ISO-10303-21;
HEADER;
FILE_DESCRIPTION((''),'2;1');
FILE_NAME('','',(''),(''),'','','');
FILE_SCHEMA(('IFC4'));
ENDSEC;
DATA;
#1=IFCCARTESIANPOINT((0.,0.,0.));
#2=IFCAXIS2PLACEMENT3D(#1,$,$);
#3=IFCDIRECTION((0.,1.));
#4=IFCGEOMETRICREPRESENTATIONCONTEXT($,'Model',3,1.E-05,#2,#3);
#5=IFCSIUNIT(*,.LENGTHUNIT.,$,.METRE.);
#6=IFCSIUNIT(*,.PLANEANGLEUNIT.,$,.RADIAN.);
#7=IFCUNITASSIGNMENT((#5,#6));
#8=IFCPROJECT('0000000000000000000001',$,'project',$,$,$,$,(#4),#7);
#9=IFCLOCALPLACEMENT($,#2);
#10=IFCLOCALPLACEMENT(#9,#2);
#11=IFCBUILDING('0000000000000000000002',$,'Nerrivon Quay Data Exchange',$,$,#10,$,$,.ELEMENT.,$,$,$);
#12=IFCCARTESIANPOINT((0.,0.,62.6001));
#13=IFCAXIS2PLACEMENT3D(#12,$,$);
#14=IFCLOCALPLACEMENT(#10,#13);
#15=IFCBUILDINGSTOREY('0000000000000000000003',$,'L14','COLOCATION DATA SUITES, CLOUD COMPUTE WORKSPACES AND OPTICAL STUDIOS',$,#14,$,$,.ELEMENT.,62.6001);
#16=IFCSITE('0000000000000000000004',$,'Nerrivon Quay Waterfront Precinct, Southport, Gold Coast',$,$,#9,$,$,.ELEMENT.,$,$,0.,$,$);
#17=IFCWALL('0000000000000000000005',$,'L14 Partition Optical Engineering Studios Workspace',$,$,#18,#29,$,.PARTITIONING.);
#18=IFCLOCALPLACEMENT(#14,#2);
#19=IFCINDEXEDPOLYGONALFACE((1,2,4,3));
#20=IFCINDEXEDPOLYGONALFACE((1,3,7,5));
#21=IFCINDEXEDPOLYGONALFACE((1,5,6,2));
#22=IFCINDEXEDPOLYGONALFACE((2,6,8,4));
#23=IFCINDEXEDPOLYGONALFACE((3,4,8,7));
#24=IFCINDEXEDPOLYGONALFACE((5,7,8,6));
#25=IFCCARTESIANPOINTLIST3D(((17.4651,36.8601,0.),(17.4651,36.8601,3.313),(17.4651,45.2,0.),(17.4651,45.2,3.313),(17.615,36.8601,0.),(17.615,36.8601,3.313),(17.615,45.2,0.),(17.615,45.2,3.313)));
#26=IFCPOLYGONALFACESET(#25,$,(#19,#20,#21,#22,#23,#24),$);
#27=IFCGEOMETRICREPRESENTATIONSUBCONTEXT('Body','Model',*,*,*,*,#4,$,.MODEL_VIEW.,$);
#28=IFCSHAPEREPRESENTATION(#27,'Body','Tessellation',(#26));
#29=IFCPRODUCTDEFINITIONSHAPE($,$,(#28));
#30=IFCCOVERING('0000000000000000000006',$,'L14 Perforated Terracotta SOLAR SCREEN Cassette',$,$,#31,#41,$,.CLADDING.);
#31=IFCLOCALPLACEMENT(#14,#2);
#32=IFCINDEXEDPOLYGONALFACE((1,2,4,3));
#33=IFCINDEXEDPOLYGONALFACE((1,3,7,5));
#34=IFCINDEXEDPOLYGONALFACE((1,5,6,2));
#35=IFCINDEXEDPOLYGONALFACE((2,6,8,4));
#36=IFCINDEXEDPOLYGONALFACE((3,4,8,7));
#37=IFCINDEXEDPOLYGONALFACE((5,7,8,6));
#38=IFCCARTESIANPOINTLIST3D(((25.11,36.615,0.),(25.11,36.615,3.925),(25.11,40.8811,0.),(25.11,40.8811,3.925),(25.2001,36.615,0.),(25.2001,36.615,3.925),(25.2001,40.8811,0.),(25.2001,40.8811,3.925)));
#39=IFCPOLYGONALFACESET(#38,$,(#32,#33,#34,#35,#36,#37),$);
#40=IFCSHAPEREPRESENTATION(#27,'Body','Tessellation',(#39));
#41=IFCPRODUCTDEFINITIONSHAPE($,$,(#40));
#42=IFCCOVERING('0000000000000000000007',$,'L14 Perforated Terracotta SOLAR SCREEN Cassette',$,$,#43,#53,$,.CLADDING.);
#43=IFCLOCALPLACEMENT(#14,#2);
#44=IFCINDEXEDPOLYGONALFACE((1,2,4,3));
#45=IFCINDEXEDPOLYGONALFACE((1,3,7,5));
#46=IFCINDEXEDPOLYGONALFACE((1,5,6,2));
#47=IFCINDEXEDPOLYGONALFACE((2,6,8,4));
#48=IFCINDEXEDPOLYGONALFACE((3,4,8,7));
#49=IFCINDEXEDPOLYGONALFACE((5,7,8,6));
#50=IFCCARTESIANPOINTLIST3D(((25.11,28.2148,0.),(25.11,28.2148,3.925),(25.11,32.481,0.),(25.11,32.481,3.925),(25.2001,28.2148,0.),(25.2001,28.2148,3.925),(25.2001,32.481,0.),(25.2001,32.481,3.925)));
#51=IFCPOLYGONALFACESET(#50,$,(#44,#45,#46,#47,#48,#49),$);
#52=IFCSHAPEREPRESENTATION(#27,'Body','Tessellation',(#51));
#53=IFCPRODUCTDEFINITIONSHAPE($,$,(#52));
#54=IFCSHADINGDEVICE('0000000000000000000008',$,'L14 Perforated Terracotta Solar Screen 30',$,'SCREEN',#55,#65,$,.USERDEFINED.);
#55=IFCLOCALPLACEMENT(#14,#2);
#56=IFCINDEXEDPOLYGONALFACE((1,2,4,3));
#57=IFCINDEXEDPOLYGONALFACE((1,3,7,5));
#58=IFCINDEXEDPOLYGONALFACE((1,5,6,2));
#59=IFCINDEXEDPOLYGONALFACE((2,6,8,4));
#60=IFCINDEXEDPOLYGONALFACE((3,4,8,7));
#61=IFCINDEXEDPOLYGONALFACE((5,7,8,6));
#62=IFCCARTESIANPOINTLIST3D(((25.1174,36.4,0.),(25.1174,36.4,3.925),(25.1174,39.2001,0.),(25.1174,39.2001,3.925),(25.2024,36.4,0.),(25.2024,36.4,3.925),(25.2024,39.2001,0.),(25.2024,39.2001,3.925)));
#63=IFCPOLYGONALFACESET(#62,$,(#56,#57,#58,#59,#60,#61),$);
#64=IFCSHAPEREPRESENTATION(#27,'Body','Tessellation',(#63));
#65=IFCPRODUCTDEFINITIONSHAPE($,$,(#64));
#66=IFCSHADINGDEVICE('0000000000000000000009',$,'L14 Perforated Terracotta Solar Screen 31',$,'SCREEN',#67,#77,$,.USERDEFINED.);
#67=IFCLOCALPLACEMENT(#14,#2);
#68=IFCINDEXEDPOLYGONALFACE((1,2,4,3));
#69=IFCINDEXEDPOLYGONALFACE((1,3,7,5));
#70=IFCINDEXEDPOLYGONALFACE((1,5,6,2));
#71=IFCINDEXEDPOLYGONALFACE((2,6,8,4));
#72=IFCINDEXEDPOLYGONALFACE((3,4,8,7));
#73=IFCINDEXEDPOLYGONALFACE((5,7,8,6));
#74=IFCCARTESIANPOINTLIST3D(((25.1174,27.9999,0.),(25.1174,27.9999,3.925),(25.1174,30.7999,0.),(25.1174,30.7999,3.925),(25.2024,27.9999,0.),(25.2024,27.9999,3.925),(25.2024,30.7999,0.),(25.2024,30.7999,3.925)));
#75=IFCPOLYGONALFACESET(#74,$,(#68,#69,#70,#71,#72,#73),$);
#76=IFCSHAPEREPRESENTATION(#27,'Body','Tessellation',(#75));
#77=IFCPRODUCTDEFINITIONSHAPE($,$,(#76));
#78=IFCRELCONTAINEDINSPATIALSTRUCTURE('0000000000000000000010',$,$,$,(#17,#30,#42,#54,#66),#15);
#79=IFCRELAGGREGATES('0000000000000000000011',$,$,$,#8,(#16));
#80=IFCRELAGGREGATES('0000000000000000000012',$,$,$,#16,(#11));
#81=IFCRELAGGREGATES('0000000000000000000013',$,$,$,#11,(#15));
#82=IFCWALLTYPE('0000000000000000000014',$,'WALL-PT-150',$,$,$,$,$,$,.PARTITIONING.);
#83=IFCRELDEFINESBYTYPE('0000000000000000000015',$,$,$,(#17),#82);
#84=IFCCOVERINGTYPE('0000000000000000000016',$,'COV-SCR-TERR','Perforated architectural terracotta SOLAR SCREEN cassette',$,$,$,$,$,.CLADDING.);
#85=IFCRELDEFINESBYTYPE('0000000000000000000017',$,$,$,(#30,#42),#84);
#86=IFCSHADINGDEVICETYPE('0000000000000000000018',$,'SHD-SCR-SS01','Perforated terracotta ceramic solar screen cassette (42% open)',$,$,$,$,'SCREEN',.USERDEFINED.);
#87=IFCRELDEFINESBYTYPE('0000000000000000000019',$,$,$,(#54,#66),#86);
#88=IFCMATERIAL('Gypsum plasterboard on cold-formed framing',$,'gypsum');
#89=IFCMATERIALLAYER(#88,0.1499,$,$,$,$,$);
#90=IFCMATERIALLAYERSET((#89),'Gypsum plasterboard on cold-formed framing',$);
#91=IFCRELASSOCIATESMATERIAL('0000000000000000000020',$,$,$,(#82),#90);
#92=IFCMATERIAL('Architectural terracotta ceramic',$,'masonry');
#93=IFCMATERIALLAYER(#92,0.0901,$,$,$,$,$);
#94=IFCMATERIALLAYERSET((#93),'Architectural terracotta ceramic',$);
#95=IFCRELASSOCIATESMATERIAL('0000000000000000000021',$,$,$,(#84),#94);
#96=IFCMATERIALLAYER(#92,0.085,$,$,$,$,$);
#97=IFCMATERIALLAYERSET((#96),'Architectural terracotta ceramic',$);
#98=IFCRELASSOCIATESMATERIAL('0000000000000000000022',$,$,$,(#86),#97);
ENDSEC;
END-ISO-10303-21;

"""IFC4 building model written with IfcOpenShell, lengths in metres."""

from ifc_helpers import new_model, si_unit, direction, frame, frame_2d, origin, origin_2d, place, context, subcontext, project, spatial, rectangle, extrude, material, layer, layer_set, type_object, element, save


model = new_model("IFC4")

# Units and contexts
model_context = context("Model", 3, precision=1e-05, world=origin(), true_north=direction((0.0, 1.0)))
body_context = subcontext(model_context, "Body", "Model", "MODEL_VIEW")
ifc_project = project(units=[si_unit("LENGTHUNIT", "METRE"), si_unit("PLANEANGLEUNIT", "RADIAN")], contexts=[model_context])

# Site, building, storey
site_placement = place(None, origin())
site = spatial("IfcSite", under=ifc_project, at=site_placement, Name="Nerrivon Quay Waterfront Precinct, Southport, Gold Coast", CompositionType="ELEMENT", RefElevation=0.0)
building_placement = place(site_placement, origin())
building = spatial("IfcBuilding", under=site, at=building_placement, Name="Nerrivon Quay Data Exchange", CompositionType="ELEMENT")
storey_placement = place(building_placement, frame((0.0, 0.0, 62.6001)))
storey = spatial("IfcBuildingStorey", under=building, at=storey_placement, Name="L14", Description="COLOCATION DATA SUITES, CLOUD COMPUTE WORKSPACES AND OPTICAL STUDIOS", CompositionType="ELEMENT", Elevation=62.6001)

# Shared definitions
ifc_material_1 = material(Name="Gypsum plasterboard on cold-formed framing", Category="gypsum")

# Shared definitions
ifc_layer_1 = layer(ifc_material_1, 0.1499)
ifc_layer_set_1 = layer_set([ifc_layer_1], Name="Gypsum plasterboard on cold-formed framing")
wall_type_1 = type_object("IfcWallType", Name="WALL-PT-150", PredefinedType="PARTITIONING", material=ifc_layer_set_1)

# Wall
wall_1_placement = place(storey_placement, frame((17.54, 36.8601, 0.0), z_axis=(0.0, 0.0, 1.0), x_axis=(0.0, 1.0, 0.0)))
element("IfcWall", 1, at=wall_1_placement, inside=storey, type_object=wall_type_1, Name="L14 Partition Optical Engineering Studios Workspace", PredefinedType="PARTITIONING", context=body_context, shape_type="SweptSolid", body=[
    extrude(rectangle(XDim=8.3398, YDim=0.1499, at=frame_2d((4.1699, 0.0))), origin(), (0.0, 0.0, 1.0), 3.313),
])

# Coverings
ifc_material_2 = material(Name="Architectural terracotta ceramic", Category="masonry")
ifc_layer_2 = layer(ifc_material_2, 0.0901)
ifc_layer_set_2 = layer_set([ifc_layer_2], Name="Architectural terracotta ceramic")
covering_type = type_object("IfcCoveringType", Name="COV-SCR-TERR", Description="Perforated architectural terracotta SOLAR SCREEN cassette", PredefinedType="CLADDING", material=ifc_layer_set_2)
for number, where, z_axis, x_axis, name in (
    (2, (25.155, 38.748, 0.0), (0.0, 0.0, 1.0), (0.0, -1.0, 0.0), "L14 Perforated Terracotta SOLAR SCREEN Cassette"),
    (3, (25.155, 30.3479, 0.0), (0.0, 0.0, 1.0), (0.0, -1.0, 0.0), "L14 Perforated Terracotta SOLAR SCREEN Cassette"),
):
    element("IfcCovering", number, at=place(storey_placement, frame(where, z_axis=z_axis, x_axis=x_axis)), inside=storey, type_object=covering_type, Name=name, PredefinedType="CLADDING", context=body_context, shape_type="SweptSolid", body=[
        extrude(rectangle(XDim=4.2661, YDim=0.0901, at=origin_2d()), origin(), (0.0, 0.0, 1.0), 3.925),
    ])

# Shading devices
ifc_layer_3 = layer(ifc_material_2, 0.085)
ifc_layer_set_3 = layer_set([ifc_layer_3], Name="Architectural terracotta ceramic")
shading_device_type = type_object("IfcShadingDeviceType", Name="SHD-SCR-SS01", Description="Perforated terracotta ceramic solar screen cassette (42% open)", ElementType="SCREEN", PredefinedType="USERDEFINED", material=ifc_layer_set_3)
for number, where, z_axis, x_axis, name in (
    (4, (25.1599, 37.8, 0.0), (0.0, 0.0, 1.0), (0.0, -1.0, 0.0), "L14 Perforated Terracotta Solar Screen 30"),
    (5, (25.1599, 29.3999, 0.0), (0.0, 0.0, 1.0), (0.0, -1.0, 0.0), "L14 Perforated Terracotta Solar Screen 31"),
):
    element("IfcShadingDevice", number, at=place(storey_placement, frame(where, z_axis=z_axis, x_axis=x_axis)), inside=storey, type_object=shading_device_type, Name=name, ObjectType="SCREEN", PredefinedType="USERDEFINED", context=body_context, shape_type="SweptSolid", body=[
        extrude(rectangle(XDim=2.8, YDim=0.085, at=origin_2d()), origin(), (0.0, 0.0, 1.0), 3.925),
    ])

save(model, "model.ifc")
